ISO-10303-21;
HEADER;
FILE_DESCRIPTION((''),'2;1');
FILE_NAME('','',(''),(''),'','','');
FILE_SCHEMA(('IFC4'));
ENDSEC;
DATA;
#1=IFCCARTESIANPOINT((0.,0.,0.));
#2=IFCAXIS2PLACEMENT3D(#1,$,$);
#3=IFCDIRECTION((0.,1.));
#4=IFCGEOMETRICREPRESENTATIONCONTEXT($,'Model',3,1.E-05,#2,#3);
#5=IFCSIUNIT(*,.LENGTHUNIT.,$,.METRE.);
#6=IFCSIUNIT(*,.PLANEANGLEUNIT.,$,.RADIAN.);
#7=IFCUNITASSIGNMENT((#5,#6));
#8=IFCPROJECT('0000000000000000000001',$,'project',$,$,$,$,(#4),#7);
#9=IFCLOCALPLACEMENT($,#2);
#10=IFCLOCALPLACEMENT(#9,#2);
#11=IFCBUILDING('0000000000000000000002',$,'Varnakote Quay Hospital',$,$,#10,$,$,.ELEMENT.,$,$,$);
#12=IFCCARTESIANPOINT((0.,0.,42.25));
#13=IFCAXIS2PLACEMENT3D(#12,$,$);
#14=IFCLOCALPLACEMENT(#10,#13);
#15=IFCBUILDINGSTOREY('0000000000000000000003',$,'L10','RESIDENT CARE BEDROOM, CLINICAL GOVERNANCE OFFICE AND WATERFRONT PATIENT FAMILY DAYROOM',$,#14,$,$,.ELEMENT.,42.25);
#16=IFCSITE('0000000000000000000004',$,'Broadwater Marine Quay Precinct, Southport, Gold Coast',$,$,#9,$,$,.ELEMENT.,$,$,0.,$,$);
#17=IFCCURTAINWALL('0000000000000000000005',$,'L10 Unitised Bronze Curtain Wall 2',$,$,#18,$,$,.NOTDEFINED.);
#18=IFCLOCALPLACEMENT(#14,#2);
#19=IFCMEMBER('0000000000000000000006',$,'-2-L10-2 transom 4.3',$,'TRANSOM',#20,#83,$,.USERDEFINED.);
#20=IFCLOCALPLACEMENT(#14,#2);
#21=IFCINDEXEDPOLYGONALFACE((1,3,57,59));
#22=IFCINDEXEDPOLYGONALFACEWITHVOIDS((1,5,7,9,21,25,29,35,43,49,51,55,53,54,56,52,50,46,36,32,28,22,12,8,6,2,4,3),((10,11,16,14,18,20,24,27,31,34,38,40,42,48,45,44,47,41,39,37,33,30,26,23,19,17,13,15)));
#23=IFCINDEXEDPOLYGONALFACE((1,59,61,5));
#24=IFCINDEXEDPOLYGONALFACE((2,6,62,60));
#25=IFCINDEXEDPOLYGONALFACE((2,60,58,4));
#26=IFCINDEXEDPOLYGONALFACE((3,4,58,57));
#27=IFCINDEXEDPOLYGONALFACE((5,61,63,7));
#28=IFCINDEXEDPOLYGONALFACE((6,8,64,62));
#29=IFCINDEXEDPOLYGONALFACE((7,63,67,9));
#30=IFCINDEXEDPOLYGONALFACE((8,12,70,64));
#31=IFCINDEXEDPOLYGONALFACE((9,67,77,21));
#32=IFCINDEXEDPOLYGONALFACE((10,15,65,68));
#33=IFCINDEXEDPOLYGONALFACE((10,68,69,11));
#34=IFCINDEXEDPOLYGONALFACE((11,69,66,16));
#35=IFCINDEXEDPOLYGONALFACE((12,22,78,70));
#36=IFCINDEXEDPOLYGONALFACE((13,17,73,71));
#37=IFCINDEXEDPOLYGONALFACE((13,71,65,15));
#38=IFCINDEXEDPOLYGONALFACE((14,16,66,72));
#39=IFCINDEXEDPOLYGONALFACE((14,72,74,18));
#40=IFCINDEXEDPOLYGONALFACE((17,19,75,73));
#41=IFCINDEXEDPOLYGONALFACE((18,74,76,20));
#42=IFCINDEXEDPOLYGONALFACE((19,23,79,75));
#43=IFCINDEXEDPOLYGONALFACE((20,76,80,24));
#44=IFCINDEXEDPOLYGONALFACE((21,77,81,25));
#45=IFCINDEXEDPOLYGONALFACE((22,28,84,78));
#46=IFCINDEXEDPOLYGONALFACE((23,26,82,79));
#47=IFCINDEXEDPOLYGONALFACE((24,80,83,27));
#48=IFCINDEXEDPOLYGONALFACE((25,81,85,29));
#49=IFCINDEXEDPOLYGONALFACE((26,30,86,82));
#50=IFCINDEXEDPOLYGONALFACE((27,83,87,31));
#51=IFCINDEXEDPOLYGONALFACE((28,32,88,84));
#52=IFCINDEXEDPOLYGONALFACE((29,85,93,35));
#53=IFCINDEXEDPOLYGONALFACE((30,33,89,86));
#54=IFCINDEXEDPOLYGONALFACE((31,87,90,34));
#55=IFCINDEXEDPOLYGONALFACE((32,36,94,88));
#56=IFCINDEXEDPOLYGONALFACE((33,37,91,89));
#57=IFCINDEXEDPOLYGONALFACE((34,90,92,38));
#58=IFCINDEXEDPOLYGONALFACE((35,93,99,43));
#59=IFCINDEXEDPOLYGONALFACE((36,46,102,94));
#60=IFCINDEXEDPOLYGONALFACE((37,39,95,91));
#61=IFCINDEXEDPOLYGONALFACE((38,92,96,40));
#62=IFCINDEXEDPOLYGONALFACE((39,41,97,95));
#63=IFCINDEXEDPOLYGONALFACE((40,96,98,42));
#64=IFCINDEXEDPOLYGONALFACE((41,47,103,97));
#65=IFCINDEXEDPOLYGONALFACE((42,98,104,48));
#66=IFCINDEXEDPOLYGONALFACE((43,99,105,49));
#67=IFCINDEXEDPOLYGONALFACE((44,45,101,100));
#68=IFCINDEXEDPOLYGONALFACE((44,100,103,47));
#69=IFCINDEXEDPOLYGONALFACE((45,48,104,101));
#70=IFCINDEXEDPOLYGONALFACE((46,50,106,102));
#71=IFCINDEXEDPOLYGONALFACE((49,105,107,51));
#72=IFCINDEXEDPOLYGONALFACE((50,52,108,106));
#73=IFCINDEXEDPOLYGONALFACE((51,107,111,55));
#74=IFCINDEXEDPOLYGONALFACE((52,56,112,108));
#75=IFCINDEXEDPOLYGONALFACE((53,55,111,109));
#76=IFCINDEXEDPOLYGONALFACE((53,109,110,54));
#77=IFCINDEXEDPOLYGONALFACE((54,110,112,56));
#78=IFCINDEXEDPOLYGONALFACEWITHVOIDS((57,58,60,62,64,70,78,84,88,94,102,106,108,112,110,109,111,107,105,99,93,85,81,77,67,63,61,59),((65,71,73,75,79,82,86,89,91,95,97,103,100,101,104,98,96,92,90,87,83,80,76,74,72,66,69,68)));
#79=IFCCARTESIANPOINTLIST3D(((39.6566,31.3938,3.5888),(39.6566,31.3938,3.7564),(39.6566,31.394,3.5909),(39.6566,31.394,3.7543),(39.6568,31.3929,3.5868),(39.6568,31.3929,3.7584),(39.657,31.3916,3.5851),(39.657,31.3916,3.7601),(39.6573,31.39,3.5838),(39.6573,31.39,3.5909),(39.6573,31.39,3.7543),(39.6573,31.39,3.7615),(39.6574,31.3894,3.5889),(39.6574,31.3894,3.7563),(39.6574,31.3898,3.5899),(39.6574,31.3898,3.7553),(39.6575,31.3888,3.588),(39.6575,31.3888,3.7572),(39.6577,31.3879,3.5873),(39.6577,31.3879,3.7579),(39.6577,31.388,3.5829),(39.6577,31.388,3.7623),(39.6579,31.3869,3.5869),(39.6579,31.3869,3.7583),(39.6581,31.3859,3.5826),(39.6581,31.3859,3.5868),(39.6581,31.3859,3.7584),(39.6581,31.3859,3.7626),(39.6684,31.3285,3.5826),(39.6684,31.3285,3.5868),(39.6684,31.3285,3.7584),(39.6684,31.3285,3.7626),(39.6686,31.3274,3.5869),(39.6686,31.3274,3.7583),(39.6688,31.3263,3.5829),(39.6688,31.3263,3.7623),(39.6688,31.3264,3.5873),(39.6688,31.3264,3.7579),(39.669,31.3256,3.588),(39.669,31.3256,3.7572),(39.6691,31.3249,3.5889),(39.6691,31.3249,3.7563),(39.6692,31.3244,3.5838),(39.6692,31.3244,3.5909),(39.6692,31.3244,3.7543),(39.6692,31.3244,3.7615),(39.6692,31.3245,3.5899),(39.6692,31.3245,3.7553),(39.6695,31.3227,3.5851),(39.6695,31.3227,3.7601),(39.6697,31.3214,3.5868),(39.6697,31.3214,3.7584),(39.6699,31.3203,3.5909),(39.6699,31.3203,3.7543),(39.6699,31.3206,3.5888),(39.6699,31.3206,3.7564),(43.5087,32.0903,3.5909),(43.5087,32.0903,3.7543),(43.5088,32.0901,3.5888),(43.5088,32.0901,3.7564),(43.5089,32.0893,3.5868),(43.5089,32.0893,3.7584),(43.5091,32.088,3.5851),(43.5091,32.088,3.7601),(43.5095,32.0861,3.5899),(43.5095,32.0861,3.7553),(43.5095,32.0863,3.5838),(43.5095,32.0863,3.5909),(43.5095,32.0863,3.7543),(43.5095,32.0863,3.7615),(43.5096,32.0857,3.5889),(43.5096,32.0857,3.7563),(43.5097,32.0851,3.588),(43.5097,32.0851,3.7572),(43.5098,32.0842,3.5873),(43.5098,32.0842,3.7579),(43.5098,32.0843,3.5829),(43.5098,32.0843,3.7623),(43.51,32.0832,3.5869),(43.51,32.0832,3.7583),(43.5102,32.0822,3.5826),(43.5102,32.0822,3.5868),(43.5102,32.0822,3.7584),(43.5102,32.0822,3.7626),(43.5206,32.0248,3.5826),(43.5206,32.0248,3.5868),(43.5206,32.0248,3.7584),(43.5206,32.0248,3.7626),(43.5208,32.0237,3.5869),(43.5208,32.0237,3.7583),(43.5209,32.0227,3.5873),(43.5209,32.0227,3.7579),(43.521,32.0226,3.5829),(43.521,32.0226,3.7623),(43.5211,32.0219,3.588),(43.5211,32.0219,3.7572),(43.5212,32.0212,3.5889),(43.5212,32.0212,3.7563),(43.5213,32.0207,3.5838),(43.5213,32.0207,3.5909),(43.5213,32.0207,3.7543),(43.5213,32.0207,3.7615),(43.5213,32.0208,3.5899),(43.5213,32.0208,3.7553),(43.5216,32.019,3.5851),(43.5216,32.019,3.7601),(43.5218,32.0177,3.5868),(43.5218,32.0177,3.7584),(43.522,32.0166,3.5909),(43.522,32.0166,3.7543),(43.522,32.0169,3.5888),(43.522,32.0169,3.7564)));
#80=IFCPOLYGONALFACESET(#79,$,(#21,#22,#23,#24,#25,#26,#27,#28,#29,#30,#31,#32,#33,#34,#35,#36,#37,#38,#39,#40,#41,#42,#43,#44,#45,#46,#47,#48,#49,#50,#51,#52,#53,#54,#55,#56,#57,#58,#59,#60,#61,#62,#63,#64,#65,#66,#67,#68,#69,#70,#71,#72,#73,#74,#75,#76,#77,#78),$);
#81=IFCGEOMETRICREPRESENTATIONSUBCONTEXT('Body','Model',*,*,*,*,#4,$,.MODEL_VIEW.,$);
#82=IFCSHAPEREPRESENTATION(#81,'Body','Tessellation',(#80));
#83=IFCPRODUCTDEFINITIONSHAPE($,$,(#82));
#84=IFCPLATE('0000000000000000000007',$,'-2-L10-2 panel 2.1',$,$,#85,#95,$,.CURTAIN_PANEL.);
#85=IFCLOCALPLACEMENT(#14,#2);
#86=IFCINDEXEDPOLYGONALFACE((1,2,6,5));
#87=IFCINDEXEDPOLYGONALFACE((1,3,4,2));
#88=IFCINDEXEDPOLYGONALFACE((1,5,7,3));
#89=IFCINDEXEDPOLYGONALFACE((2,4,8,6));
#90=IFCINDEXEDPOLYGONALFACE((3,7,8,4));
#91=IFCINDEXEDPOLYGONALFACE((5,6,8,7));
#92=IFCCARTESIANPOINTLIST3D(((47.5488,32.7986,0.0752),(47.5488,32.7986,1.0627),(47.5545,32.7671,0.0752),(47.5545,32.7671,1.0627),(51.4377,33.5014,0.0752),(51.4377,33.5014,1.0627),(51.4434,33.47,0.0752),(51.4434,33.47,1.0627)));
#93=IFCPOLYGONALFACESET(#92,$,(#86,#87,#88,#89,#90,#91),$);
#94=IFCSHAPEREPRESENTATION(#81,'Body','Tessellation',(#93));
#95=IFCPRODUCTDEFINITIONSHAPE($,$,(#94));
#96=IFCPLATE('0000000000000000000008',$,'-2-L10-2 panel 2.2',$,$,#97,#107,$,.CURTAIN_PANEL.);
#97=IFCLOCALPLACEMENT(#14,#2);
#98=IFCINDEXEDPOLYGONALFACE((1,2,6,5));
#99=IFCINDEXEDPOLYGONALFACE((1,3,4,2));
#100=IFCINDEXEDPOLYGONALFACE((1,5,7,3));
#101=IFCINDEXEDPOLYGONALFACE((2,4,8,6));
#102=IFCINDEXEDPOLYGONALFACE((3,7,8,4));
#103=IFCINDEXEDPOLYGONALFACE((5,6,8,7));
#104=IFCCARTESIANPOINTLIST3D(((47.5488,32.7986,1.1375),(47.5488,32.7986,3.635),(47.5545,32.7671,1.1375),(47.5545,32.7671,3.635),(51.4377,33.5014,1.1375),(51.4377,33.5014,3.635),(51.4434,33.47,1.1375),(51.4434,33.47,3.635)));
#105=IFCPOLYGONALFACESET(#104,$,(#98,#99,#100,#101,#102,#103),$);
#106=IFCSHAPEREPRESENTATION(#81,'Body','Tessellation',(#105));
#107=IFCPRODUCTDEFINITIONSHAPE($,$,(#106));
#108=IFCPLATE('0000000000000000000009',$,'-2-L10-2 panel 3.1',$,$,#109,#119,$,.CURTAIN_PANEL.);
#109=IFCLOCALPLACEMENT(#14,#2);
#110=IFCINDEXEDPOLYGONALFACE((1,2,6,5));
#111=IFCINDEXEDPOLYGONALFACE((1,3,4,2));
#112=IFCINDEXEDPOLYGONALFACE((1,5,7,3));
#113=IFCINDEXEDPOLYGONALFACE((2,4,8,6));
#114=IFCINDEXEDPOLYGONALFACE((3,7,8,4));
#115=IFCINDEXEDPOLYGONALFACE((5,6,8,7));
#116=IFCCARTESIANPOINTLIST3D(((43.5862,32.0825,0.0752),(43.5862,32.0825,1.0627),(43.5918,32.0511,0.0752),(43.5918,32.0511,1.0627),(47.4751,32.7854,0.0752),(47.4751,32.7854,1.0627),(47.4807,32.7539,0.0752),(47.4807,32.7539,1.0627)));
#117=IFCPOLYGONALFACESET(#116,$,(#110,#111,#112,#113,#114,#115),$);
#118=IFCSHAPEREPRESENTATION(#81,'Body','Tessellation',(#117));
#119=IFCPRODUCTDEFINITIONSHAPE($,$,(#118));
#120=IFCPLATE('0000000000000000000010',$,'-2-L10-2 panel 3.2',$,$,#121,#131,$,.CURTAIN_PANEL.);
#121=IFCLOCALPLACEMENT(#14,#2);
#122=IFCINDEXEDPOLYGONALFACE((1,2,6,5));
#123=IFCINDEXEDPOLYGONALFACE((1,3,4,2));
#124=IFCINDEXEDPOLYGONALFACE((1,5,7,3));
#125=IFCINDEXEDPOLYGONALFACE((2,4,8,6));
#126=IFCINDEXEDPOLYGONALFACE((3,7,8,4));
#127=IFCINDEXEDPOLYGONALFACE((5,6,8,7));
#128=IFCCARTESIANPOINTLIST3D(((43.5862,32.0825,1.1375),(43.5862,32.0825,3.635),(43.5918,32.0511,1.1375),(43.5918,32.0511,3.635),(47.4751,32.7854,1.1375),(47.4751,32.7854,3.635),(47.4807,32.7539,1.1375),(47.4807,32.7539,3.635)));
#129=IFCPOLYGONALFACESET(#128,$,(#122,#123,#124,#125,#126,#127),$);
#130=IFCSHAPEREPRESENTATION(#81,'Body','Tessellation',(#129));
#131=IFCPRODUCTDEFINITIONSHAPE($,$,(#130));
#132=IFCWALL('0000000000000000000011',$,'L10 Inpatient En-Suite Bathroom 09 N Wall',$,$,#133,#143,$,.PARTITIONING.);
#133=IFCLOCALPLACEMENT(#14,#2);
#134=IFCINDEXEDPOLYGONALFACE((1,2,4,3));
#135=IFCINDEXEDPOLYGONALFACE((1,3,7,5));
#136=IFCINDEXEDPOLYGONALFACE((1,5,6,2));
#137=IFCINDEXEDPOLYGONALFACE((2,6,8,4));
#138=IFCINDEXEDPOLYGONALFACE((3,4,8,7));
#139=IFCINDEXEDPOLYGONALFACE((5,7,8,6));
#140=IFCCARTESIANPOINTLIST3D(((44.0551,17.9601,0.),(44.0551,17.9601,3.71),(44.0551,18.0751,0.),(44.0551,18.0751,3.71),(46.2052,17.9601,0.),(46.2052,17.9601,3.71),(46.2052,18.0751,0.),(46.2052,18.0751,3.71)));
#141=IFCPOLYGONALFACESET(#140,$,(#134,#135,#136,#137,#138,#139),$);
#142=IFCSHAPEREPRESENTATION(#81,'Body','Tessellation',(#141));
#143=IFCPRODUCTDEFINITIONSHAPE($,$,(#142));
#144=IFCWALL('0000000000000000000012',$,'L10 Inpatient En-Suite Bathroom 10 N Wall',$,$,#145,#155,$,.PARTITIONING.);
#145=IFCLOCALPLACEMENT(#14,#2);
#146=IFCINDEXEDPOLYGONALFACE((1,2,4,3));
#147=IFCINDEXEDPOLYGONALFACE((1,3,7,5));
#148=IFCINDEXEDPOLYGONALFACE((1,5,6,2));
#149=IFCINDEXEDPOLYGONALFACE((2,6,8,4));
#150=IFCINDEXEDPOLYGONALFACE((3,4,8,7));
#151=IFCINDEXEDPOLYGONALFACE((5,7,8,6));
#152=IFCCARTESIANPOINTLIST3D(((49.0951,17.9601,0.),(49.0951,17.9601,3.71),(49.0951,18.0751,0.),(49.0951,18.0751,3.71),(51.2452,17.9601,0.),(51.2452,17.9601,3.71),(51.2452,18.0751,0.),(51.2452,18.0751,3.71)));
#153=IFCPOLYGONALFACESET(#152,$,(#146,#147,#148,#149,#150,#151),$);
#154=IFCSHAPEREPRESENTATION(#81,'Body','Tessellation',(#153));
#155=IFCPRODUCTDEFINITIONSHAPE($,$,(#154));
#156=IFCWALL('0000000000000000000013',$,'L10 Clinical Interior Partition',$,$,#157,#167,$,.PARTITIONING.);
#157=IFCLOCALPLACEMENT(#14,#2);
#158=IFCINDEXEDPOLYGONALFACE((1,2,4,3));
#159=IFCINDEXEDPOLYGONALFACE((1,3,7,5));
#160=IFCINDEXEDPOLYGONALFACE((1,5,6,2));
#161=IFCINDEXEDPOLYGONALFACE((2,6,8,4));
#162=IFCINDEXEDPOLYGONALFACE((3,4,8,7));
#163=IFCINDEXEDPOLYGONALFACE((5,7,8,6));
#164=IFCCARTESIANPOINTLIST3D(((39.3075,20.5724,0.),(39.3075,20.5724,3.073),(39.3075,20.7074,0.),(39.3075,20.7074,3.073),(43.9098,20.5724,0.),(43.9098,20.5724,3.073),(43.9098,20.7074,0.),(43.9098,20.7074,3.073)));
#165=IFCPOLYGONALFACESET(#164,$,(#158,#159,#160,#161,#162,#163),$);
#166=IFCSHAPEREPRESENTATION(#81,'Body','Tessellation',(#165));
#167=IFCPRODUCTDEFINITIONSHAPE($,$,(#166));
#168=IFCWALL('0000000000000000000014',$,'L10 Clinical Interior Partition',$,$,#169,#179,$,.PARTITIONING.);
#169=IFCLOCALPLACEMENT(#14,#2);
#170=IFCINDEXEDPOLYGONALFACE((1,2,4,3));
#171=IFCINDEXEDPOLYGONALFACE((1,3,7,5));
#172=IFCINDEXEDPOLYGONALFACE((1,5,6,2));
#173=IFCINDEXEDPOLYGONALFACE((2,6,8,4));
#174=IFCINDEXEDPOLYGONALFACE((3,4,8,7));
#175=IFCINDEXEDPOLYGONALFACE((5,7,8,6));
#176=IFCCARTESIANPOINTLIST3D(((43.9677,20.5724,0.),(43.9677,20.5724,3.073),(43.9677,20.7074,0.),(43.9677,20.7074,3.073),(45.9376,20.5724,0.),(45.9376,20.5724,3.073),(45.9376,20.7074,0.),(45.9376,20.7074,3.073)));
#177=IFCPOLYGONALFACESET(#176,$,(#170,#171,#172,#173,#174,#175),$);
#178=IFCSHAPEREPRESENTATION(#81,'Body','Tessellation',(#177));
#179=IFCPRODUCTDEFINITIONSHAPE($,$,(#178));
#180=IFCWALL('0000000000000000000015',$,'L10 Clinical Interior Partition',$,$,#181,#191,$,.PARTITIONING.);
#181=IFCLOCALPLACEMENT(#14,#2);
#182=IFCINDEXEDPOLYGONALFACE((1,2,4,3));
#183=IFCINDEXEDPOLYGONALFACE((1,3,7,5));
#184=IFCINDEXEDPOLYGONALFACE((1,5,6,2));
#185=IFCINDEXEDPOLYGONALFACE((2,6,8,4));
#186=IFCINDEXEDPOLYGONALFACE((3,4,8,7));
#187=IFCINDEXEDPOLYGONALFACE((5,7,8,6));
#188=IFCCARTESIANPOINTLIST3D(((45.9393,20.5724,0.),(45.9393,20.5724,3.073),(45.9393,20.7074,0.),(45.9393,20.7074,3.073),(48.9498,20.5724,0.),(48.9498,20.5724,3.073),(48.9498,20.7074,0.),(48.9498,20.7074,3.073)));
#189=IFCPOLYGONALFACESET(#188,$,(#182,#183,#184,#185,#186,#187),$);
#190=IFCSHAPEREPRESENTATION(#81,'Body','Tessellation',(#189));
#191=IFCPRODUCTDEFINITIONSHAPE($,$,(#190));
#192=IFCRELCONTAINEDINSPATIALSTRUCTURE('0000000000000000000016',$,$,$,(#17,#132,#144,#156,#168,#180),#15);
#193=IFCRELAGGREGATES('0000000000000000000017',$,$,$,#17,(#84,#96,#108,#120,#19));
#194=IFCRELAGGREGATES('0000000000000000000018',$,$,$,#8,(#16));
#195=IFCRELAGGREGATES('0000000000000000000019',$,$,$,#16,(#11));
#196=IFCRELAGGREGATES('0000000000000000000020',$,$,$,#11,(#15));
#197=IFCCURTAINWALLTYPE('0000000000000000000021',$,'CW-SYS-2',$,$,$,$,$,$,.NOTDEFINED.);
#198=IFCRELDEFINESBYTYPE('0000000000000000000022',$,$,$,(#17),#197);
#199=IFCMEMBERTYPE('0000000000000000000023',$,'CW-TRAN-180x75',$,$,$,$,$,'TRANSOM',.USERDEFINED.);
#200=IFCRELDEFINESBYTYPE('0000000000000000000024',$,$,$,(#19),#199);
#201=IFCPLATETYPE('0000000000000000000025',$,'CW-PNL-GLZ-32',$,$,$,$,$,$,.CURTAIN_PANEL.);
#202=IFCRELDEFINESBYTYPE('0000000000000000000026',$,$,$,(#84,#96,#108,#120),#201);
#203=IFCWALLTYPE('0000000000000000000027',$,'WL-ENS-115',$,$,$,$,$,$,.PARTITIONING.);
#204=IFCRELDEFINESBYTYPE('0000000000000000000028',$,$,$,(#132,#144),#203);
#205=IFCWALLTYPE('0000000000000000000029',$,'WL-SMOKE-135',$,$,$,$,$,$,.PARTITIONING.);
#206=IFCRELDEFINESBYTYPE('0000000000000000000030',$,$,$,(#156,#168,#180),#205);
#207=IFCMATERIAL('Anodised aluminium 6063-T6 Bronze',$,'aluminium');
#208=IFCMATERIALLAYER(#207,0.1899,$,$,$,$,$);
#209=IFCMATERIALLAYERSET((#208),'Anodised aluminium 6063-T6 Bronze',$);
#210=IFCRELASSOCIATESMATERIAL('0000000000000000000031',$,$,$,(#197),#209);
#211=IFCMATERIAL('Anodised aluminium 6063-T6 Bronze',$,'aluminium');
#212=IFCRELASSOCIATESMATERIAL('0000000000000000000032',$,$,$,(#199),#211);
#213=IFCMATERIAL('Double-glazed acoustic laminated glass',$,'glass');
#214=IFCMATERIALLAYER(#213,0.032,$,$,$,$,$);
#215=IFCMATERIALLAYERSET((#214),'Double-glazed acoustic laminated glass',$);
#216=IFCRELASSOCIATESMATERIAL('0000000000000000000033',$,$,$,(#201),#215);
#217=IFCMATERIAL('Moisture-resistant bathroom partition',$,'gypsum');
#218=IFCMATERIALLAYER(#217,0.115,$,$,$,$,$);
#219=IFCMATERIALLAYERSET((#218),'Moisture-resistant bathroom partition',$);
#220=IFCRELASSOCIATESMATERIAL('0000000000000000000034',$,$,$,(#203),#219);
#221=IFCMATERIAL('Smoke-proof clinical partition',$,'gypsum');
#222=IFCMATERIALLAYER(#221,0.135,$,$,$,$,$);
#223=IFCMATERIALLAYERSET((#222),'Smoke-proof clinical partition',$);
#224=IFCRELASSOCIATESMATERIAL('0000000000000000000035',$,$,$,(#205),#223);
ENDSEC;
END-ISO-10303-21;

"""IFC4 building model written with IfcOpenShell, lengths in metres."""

from ifc_helpers import new_model, si_unit, direction, frame, frame_2d, origin, origin_2d, place, context, subcontext, project, spatial, rectangle, hollow_rectangle, extrude, material, layer, layer_set, material_profile, profile_set, type_object, element, aggregate, save


model = new_model("IFC4")

# Units and contexts
model_context = context("Model", 3, precision=1e-05, world=origin(), true_north=direction((0.0, 1.0)))
body_context = subcontext(model_context, "Body", "Model", "MODEL_VIEW")
ifc_project = project(units=[si_unit("LENGTHUNIT", "METRE"), si_unit("PLANEANGLEUNIT", "RADIAN")], contexts=[model_context])

# Site, building, storey
site_placement = place(None, origin())
site = spatial("IfcSite", under=ifc_project, at=site_placement, Name="Broadwater Marine Quay Precinct, Southport, Gold Coast", CompositionType="ELEMENT", RefElevation=0.0)
building_placement = place(site_placement, origin())
building = spatial("IfcBuilding", under=site, at=building_placement, Name="Varnakote Quay Hospital", CompositionType="ELEMENT")
storey_placement = place(building_placement, frame((0.0, 0.0, 42.25)))
storey = spatial("IfcBuildingStorey", under=building, at=storey_placement, Name="L10", Description="RESIDENT CARE BEDROOM, CLINICAL GOVERNANCE OFFICE AND WATERFRONT PATIENT FAMILY DAYROOM", CompositionType="ELEMENT", Elevation=42.25)

# Curtain wall, member, plates
ifc_material_1 = material(Name="Anodised aluminium 6063-T6 Bronze", Category="aluminium")
ifc_layer_1 = layer(ifc_material_1, 0.1899)
ifc_layer_set_1 = layer_set([ifc_layer_1], Name="Anodised aluminium 6063-T6 Bronze")
curtain_wall_type = type_object("IfcCurtainWallType", Name="CW-SYS-2", PredefinedType="NOTDEFINED", material=ifc_layer_set_1)
curtain_wall_placement = place(storey_placement, origin())
curtain_wall = element("IfcCurtainWall", 1, at=curtain_wall_placement, inside=storey, type_object=curtain_wall_type, Name="L10 Unitised Bronze Curtain Wall 2", PredefinedType="NOTDEFINED")
ifc_material_2 = material(Name="Anodised aluminium 6063-T6 Bronze", Category="aluminium")
ifc_material_profile_1 = material_profile(ifc_material_2, hollow_rectangle(XDim=0.075, YDim=0.1799, WallThickness=0.0042, InnerFilletRadius=0.0042, OuterFilletRadius=0.0083, at=origin_2d()), Name="CW-TRAN-180x75")
ifc_profile_set_1 = profile_set([ifc_material_profile_1], Name="Anodised aluminium 6063-T6 Bronze")
member_type_1 = type_object("IfcMemberType", Name="CW-TRAN-180x75", ElementType="TRANSOM", PredefinedType="USERDEFINED", material=ifc_profile_set_1)
member_1_placement = place(storey_placement, frame((43.5154, 32.0535, 3.6726), z_axis=(-0.984053, -0.177875, 0.0), x_axis=(0.177875, -0.984053, 0.0)))
member_1 = element("IfcMember", 2, at=member_1_placement, type_object=member_type_1, Name="-2-L10-2 transom 4.3", ObjectType="TRANSOM", PredefinedType="USERDEFINED", context=body_context, shape_type="SweptSolid", body=[
    extrude(hollow_rectangle(XDim=0.075, YDim=0.1799, WallThickness=0.0042, InnerFilletRadius=0.0042, OuterFilletRadius=0.0083, at=origin_2d()), origin(), (0.0, 0.0, 1.0), 3.9146),
])
ifc_material_3 = material(Name="Double-glazed acoustic laminated glass", Category="glass")
ifc_layer_2 = layer(ifc_material_3, 0.032)
ifc_layer_set_2 = layer_set([ifc_layer_2], Name="Double-glazed acoustic laminated glass")
plate_type = type_object("IfcPlateType", Name="CW-PNL-GLZ-32", PredefinedType="CURTAIN_PANEL", material=ifc_layer_set_2)
plate_1_placement = place(storey_placement, frame((49.4961, 33.1343, 0.0752), z_axis=(0.0, 0.0, 1.0), x_axis=(-0.984058, -0.177846, 0.0)))
plate_1 = element("IfcPlate", 3, at=plate_1_placement, type_object=plate_type, Name="-2-L10-2 panel 2.1", PredefinedType="CURTAIN_PANEL", context=body_context, shape_type="SweptSolid", body=[
    extrude(rectangle(XDim=3.9519, YDim=0.032, at=origin_2d()), origin(), (0.0, 0.0, 1.0), 0.9875),
])
plate_2_placement = place(storey_placement, frame((49.4961, 33.1343, 1.1375), z_axis=(0.0, 0.0, 1.0), x_axis=(-0.984058, -0.177846, 0.0)))
plate_2 = element("IfcPlate", 4, at=plate_2_placement, type_object=plate_type, Name="-2-L10-2 panel 2.2", PredefinedType="CURTAIN_PANEL", context=body_context, shape_type="SweptSolid", body=[
    extrude(rectangle(XDim=3.9519, YDim=0.032, at=origin_2d()), origin(), (0.0, 0.0, 1.0), 2.4976),
])
plate_3_placement = place(storey_placement, frame((45.5334, 32.4182, 0.0752), z_axis=(0.0, 0.0, 1.0), x_axis=(-0.984058, -0.177846, 0.0)))
plate_3 = element("IfcPlate", 5, at=plate_3_placement, type_object=plate_type, Name="-2-L10-2 panel 3.1", PredefinedType="CURTAIN_PANEL", context=body_context, shape_type="SweptSolid", body=[
    extrude(rectangle(XDim=3.9519, YDim=0.032, at=origin_2d()), origin(), (0.0, 0.0, 1.0), 0.9875),
])
plate_4_placement = place(storey_placement, frame((45.5334, 32.4182, 1.1375), z_axis=(0.0, 0.0, 1.0), x_axis=(-0.984058, -0.177846, 0.0)))
plate_4 = element("IfcPlate", 6, at=plate_4_placement, type_object=plate_type, Name="-2-L10-2 panel 3.2", PredefinedType="CURTAIN_PANEL", context=body_context, shape_type="SweptSolid", body=[
    extrude(rectangle(XDim=3.9519, YDim=0.032, at=origin_2d()), origin(), (0.0, 0.0, 1.0), 2.4976),
])
aggregate(curtain_wall, [plate_1, plate_2, plate_3, plate_4, member_1])

# Walls
ifc_material_4 = material(Name="Moisture-resistant bathroom partition", Category="gypsum")
ifc_layer_3 = layer(ifc_material_4, 0.115)
ifc_layer_set_3 = layer_set([ifc_layer_3], Name="Moisture-resistant bathroom partition")
wall_type_1 = type_object("IfcWallType", Name="WL-ENS-115", PredefinedType="PARTITIONING", material=ifc_layer_set_3)
for number, where, z_axis, x_axis, name in (
    (7, (44.0549, 18.0176, 0.0), (0.0, 0.0, 1.0), (1.0, 0.0, 0.0), "L10 Inpatient En-Suite Bathroom 09 N Wall"),
    (8, (49.095, 18.0176, 0.0), (0.0, 0.0, 1.0), (1.0, 0.0, 0.0), "L10 Inpatient En-Suite Bathroom 10 N Wall"),
):
    element("IfcWall", number, at=place(storey_placement, frame(where, z_axis=z_axis, x_axis=x_axis)), inside=storey, type_object=wall_type_1, Name=name, PredefinedType="PARTITIONING", context=body_context, shape_type="SweptSolid", body=[
        extrude(rectangle(XDim=2.1501, YDim=0.115, at=frame_2d((1.0752, 0.0))), origin(), (0.0, 0.0, 1.0), 3.71),
    ])
ifc_material_5 = material(Name="Smoke-proof clinical partition", Category="gypsum")
ifc_layer_4 = layer(ifc_material_5, 0.135)
ifc_layer_set_4 = layer_set([ifc_layer_4], Name="Smoke-proof clinical partition")
wall_type_2 = type_object("IfcWallType", Name="WL-SMOKE-135", PredefinedType="PARTITIONING", material=ifc_layer_set_4)
wall_1_placement = place(storey_placement, frame((43.9099, 20.6399, 0.0), z_axis=(0.0, 0.0, 1.0), x_axis=(-1.0, 0.0, 0.0)))
element("IfcWall", 9, at=wall_1_placement, inside=storey, type_object=wall_type_2, Name="L10 Clinical Interior Partition", PredefinedType="PARTITIONING", context=body_context, shape_type="SweptSolid", body=[
    extrude(rectangle(XDim=4.6023, YDim=0.135, at=frame_2d((2.3013, 0.0))), origin(), (0.0, 0.0, 1.0), 3.073),
])
wall_2_placement = place(storey_placement, frame((45.9375, 20.6399, 0.0), z_axis=(0.0, 0.0, 1.0), x_axis=(-1.0, 0.0, 0.0)))
element("IfcWall", 10, at=wall_2_placement, inside=storey, type_object=wall_type_2, Name="L10 Clinical Interior Partition", PredefinedType="PARTITIONING", context=body_context, shape_type="SweptSolid", body=[
    extrude(rectangle(XDim=1.97, YDim=0.135, at=frame_2d((0.9849, 0.0))), origin(), (0.0, 0.0, 1.0), 3.073),
])
wall_3_placement = place(storey_placement, frame((48.95, 20.6399, 0.0), z_axis=(0.0, 0.0, 1.0), x_axis=(-1.0, 0.0, 0.0)))
element("IfcWall", 11, at=wall_3_placement, inside=storey, type_object=wall_type_2, Name="L10 Clinical Interior Partition", PredefinedType="PARTITIONING", context=body_context, shape_type="SweptSolid", body=[
    extrude(rectangle(XDim=3.0105, YDim=0.135, at=frame_2d((1.5054, 0.0))), origin(), (0.0, 0.0, 1.0), 3.073),
])

save(model, "model.ifc")
